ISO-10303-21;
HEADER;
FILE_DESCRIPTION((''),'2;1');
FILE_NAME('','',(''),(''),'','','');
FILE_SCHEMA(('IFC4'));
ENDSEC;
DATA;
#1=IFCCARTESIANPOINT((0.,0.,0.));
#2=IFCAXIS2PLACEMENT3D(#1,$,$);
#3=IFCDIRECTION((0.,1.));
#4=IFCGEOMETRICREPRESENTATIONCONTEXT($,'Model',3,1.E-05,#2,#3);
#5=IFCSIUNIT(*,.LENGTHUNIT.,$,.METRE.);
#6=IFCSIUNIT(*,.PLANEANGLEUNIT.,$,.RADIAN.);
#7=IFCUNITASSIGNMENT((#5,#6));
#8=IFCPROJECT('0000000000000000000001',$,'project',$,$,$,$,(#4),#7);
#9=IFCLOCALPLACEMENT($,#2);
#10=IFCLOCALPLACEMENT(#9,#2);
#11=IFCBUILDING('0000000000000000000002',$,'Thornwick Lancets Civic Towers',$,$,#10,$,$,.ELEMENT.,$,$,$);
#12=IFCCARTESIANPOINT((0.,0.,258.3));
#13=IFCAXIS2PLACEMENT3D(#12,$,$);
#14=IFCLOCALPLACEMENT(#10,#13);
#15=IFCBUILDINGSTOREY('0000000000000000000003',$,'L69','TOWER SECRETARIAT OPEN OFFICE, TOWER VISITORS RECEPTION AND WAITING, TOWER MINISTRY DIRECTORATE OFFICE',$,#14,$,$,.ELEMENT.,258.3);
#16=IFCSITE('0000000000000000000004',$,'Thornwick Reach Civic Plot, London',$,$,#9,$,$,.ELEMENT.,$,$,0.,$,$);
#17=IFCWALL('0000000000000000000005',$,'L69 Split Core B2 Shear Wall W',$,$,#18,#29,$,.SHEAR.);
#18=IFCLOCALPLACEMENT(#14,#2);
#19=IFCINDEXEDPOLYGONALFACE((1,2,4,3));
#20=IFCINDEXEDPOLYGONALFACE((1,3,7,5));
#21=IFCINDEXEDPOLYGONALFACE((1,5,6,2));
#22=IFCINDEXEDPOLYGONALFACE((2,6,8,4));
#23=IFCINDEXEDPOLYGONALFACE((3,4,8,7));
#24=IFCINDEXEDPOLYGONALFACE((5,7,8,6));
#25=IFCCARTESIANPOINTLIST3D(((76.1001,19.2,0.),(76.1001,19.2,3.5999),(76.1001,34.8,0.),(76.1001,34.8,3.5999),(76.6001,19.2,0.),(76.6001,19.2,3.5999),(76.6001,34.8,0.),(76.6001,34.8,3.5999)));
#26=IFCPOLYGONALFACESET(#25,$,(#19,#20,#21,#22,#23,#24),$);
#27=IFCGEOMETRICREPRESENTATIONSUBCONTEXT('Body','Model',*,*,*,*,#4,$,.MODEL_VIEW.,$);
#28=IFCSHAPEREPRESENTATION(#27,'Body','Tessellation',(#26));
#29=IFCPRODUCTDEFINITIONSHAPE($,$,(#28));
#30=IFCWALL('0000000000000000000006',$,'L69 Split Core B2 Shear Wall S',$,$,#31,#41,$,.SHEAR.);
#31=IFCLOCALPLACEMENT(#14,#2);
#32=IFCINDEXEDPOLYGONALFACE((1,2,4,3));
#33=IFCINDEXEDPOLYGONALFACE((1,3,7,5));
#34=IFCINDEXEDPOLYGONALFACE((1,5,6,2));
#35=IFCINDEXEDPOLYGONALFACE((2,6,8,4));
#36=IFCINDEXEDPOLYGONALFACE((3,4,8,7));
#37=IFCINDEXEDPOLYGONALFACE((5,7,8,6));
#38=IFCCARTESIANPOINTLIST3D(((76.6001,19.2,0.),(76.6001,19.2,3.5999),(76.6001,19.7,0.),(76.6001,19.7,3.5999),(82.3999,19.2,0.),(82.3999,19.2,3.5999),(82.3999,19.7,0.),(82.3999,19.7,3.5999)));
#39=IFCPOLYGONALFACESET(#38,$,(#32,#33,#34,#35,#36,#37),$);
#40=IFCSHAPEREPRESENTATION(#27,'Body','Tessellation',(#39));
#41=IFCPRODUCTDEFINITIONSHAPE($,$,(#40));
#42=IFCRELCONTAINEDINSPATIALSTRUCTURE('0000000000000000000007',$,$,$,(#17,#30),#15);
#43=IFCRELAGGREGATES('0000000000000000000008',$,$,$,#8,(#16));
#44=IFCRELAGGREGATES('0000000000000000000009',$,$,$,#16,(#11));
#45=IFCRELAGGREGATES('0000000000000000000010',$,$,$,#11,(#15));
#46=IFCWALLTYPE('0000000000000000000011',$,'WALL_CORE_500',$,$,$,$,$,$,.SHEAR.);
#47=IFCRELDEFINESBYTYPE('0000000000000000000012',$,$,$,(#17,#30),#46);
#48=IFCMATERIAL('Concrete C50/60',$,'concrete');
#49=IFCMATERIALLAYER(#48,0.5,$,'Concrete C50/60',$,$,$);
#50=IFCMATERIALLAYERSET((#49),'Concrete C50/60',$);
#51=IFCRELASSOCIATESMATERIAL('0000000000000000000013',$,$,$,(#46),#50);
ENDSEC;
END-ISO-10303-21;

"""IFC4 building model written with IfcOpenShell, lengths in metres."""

from ifc_helpers import new_model, si_unit, direction, frame, frame_2d, origin, place, context, subcontext, project, spatial, rectangle, extrude, material, layer, layer_set, type_object, element, save


model = new_model("IFC4")

# Units and contexts
model_context = context("Model", 3, precision=1e-05, world=origin(), true_north=direction((0.0, 1.0)))
body_context = subcontext(model_context, "Body", "Model", "MODEL_VIEW")
ifc_project = project(units=[si_unit("LENGTHUNIT", "METRE"), si_unit("PLANEANGLEUNIT", "RADIAN")], contexts=[model_context])

# Site, building, storey
site_placement = place(None, origin())
site = spatial("IfcSite", under=ifc_project, at=site_placement, Name="Thornwick Reach Civic Plot, London", CompositionType="ELEMENT", RefElevation=0.0)
building_placement = place(site_placement, origin())
building = spatial("IfcBuilding", under=site, at=building_placement, Name="Thornwick Lancets Civic Towers", CompositionType="ELEMENT")
storey_placement = place(building_placement, frame((0.0, 0.0, 258.3)))
storey = spatial("IfcBuildingStorey", under=building, at=storey_placement, Name="L69", Description="TOWER SECRETARIAT OPEN OFFICE, TOWER VISITORS RECEPTION AND WAITING, TOWER MINISTRY DIRECTORATE OFFICE", CompositionType="ELEMENT", Elevation=258.3)

# Shared definitions
ifc_material_1 = material(Name="Concrete C50/60", Category="concrete")

# Walls
ifc_layer_1 = layer(ifc_material_1, 0.5, Name="Concrete C50/60")
ifc_layer_set_1 = layer_set([ifc_layer_1], Name="Concrete C50/60")
wall_type_1 = type_object("IfcWallType", Name="WALL_CORE_500", PredefinedType="SHEAR", material=ifc_layer_set_1)
wall_1_placement = place(storey_placement, frame((76.3501, 19.2, 0.0), z_axis=(0.0, 0.0, 1.0), x_axis=(0.0, 1.0, 0.0)))
element("IfcWall", 1, at=wall_1_placement, inside=storey, type_object=wall_type_1, Name="L69 Split Core B2 Shear Wall W", PredefinedType="SHEAR", context=body_context, shape_type="SweptSolid", body=[
    extrude(rectangle(XDim=15.6001, YDim=0.5, at=frame_2d((7.8, 0.0))), origin(), (0.0, 0.0, 1.0), 3.5999),
])
wall_2_placement = place(storey_placement, frame((76.6001, 19.45, 0.0), z_axis=(0.0, 0.0, 1.0), x_axis=(1.0, 0.0, 0.0)))
element("IfcWall", 2, at=wall_2_placement, inside=storey, type_object=wall_type_1, Name="L69 Split Core B2 Shear Wall S", PredefinedType="SHEAR", context=body_context, shape_type="SweptSolid", body=[
    extrude(rectangle(XDim=5.7998, YDim=0.5, at=frame_2d((2.8999, 0.0))), origin(), (0.0, 0.0, 1.0), 3.5999),
])

save(model, "model.ifc")
